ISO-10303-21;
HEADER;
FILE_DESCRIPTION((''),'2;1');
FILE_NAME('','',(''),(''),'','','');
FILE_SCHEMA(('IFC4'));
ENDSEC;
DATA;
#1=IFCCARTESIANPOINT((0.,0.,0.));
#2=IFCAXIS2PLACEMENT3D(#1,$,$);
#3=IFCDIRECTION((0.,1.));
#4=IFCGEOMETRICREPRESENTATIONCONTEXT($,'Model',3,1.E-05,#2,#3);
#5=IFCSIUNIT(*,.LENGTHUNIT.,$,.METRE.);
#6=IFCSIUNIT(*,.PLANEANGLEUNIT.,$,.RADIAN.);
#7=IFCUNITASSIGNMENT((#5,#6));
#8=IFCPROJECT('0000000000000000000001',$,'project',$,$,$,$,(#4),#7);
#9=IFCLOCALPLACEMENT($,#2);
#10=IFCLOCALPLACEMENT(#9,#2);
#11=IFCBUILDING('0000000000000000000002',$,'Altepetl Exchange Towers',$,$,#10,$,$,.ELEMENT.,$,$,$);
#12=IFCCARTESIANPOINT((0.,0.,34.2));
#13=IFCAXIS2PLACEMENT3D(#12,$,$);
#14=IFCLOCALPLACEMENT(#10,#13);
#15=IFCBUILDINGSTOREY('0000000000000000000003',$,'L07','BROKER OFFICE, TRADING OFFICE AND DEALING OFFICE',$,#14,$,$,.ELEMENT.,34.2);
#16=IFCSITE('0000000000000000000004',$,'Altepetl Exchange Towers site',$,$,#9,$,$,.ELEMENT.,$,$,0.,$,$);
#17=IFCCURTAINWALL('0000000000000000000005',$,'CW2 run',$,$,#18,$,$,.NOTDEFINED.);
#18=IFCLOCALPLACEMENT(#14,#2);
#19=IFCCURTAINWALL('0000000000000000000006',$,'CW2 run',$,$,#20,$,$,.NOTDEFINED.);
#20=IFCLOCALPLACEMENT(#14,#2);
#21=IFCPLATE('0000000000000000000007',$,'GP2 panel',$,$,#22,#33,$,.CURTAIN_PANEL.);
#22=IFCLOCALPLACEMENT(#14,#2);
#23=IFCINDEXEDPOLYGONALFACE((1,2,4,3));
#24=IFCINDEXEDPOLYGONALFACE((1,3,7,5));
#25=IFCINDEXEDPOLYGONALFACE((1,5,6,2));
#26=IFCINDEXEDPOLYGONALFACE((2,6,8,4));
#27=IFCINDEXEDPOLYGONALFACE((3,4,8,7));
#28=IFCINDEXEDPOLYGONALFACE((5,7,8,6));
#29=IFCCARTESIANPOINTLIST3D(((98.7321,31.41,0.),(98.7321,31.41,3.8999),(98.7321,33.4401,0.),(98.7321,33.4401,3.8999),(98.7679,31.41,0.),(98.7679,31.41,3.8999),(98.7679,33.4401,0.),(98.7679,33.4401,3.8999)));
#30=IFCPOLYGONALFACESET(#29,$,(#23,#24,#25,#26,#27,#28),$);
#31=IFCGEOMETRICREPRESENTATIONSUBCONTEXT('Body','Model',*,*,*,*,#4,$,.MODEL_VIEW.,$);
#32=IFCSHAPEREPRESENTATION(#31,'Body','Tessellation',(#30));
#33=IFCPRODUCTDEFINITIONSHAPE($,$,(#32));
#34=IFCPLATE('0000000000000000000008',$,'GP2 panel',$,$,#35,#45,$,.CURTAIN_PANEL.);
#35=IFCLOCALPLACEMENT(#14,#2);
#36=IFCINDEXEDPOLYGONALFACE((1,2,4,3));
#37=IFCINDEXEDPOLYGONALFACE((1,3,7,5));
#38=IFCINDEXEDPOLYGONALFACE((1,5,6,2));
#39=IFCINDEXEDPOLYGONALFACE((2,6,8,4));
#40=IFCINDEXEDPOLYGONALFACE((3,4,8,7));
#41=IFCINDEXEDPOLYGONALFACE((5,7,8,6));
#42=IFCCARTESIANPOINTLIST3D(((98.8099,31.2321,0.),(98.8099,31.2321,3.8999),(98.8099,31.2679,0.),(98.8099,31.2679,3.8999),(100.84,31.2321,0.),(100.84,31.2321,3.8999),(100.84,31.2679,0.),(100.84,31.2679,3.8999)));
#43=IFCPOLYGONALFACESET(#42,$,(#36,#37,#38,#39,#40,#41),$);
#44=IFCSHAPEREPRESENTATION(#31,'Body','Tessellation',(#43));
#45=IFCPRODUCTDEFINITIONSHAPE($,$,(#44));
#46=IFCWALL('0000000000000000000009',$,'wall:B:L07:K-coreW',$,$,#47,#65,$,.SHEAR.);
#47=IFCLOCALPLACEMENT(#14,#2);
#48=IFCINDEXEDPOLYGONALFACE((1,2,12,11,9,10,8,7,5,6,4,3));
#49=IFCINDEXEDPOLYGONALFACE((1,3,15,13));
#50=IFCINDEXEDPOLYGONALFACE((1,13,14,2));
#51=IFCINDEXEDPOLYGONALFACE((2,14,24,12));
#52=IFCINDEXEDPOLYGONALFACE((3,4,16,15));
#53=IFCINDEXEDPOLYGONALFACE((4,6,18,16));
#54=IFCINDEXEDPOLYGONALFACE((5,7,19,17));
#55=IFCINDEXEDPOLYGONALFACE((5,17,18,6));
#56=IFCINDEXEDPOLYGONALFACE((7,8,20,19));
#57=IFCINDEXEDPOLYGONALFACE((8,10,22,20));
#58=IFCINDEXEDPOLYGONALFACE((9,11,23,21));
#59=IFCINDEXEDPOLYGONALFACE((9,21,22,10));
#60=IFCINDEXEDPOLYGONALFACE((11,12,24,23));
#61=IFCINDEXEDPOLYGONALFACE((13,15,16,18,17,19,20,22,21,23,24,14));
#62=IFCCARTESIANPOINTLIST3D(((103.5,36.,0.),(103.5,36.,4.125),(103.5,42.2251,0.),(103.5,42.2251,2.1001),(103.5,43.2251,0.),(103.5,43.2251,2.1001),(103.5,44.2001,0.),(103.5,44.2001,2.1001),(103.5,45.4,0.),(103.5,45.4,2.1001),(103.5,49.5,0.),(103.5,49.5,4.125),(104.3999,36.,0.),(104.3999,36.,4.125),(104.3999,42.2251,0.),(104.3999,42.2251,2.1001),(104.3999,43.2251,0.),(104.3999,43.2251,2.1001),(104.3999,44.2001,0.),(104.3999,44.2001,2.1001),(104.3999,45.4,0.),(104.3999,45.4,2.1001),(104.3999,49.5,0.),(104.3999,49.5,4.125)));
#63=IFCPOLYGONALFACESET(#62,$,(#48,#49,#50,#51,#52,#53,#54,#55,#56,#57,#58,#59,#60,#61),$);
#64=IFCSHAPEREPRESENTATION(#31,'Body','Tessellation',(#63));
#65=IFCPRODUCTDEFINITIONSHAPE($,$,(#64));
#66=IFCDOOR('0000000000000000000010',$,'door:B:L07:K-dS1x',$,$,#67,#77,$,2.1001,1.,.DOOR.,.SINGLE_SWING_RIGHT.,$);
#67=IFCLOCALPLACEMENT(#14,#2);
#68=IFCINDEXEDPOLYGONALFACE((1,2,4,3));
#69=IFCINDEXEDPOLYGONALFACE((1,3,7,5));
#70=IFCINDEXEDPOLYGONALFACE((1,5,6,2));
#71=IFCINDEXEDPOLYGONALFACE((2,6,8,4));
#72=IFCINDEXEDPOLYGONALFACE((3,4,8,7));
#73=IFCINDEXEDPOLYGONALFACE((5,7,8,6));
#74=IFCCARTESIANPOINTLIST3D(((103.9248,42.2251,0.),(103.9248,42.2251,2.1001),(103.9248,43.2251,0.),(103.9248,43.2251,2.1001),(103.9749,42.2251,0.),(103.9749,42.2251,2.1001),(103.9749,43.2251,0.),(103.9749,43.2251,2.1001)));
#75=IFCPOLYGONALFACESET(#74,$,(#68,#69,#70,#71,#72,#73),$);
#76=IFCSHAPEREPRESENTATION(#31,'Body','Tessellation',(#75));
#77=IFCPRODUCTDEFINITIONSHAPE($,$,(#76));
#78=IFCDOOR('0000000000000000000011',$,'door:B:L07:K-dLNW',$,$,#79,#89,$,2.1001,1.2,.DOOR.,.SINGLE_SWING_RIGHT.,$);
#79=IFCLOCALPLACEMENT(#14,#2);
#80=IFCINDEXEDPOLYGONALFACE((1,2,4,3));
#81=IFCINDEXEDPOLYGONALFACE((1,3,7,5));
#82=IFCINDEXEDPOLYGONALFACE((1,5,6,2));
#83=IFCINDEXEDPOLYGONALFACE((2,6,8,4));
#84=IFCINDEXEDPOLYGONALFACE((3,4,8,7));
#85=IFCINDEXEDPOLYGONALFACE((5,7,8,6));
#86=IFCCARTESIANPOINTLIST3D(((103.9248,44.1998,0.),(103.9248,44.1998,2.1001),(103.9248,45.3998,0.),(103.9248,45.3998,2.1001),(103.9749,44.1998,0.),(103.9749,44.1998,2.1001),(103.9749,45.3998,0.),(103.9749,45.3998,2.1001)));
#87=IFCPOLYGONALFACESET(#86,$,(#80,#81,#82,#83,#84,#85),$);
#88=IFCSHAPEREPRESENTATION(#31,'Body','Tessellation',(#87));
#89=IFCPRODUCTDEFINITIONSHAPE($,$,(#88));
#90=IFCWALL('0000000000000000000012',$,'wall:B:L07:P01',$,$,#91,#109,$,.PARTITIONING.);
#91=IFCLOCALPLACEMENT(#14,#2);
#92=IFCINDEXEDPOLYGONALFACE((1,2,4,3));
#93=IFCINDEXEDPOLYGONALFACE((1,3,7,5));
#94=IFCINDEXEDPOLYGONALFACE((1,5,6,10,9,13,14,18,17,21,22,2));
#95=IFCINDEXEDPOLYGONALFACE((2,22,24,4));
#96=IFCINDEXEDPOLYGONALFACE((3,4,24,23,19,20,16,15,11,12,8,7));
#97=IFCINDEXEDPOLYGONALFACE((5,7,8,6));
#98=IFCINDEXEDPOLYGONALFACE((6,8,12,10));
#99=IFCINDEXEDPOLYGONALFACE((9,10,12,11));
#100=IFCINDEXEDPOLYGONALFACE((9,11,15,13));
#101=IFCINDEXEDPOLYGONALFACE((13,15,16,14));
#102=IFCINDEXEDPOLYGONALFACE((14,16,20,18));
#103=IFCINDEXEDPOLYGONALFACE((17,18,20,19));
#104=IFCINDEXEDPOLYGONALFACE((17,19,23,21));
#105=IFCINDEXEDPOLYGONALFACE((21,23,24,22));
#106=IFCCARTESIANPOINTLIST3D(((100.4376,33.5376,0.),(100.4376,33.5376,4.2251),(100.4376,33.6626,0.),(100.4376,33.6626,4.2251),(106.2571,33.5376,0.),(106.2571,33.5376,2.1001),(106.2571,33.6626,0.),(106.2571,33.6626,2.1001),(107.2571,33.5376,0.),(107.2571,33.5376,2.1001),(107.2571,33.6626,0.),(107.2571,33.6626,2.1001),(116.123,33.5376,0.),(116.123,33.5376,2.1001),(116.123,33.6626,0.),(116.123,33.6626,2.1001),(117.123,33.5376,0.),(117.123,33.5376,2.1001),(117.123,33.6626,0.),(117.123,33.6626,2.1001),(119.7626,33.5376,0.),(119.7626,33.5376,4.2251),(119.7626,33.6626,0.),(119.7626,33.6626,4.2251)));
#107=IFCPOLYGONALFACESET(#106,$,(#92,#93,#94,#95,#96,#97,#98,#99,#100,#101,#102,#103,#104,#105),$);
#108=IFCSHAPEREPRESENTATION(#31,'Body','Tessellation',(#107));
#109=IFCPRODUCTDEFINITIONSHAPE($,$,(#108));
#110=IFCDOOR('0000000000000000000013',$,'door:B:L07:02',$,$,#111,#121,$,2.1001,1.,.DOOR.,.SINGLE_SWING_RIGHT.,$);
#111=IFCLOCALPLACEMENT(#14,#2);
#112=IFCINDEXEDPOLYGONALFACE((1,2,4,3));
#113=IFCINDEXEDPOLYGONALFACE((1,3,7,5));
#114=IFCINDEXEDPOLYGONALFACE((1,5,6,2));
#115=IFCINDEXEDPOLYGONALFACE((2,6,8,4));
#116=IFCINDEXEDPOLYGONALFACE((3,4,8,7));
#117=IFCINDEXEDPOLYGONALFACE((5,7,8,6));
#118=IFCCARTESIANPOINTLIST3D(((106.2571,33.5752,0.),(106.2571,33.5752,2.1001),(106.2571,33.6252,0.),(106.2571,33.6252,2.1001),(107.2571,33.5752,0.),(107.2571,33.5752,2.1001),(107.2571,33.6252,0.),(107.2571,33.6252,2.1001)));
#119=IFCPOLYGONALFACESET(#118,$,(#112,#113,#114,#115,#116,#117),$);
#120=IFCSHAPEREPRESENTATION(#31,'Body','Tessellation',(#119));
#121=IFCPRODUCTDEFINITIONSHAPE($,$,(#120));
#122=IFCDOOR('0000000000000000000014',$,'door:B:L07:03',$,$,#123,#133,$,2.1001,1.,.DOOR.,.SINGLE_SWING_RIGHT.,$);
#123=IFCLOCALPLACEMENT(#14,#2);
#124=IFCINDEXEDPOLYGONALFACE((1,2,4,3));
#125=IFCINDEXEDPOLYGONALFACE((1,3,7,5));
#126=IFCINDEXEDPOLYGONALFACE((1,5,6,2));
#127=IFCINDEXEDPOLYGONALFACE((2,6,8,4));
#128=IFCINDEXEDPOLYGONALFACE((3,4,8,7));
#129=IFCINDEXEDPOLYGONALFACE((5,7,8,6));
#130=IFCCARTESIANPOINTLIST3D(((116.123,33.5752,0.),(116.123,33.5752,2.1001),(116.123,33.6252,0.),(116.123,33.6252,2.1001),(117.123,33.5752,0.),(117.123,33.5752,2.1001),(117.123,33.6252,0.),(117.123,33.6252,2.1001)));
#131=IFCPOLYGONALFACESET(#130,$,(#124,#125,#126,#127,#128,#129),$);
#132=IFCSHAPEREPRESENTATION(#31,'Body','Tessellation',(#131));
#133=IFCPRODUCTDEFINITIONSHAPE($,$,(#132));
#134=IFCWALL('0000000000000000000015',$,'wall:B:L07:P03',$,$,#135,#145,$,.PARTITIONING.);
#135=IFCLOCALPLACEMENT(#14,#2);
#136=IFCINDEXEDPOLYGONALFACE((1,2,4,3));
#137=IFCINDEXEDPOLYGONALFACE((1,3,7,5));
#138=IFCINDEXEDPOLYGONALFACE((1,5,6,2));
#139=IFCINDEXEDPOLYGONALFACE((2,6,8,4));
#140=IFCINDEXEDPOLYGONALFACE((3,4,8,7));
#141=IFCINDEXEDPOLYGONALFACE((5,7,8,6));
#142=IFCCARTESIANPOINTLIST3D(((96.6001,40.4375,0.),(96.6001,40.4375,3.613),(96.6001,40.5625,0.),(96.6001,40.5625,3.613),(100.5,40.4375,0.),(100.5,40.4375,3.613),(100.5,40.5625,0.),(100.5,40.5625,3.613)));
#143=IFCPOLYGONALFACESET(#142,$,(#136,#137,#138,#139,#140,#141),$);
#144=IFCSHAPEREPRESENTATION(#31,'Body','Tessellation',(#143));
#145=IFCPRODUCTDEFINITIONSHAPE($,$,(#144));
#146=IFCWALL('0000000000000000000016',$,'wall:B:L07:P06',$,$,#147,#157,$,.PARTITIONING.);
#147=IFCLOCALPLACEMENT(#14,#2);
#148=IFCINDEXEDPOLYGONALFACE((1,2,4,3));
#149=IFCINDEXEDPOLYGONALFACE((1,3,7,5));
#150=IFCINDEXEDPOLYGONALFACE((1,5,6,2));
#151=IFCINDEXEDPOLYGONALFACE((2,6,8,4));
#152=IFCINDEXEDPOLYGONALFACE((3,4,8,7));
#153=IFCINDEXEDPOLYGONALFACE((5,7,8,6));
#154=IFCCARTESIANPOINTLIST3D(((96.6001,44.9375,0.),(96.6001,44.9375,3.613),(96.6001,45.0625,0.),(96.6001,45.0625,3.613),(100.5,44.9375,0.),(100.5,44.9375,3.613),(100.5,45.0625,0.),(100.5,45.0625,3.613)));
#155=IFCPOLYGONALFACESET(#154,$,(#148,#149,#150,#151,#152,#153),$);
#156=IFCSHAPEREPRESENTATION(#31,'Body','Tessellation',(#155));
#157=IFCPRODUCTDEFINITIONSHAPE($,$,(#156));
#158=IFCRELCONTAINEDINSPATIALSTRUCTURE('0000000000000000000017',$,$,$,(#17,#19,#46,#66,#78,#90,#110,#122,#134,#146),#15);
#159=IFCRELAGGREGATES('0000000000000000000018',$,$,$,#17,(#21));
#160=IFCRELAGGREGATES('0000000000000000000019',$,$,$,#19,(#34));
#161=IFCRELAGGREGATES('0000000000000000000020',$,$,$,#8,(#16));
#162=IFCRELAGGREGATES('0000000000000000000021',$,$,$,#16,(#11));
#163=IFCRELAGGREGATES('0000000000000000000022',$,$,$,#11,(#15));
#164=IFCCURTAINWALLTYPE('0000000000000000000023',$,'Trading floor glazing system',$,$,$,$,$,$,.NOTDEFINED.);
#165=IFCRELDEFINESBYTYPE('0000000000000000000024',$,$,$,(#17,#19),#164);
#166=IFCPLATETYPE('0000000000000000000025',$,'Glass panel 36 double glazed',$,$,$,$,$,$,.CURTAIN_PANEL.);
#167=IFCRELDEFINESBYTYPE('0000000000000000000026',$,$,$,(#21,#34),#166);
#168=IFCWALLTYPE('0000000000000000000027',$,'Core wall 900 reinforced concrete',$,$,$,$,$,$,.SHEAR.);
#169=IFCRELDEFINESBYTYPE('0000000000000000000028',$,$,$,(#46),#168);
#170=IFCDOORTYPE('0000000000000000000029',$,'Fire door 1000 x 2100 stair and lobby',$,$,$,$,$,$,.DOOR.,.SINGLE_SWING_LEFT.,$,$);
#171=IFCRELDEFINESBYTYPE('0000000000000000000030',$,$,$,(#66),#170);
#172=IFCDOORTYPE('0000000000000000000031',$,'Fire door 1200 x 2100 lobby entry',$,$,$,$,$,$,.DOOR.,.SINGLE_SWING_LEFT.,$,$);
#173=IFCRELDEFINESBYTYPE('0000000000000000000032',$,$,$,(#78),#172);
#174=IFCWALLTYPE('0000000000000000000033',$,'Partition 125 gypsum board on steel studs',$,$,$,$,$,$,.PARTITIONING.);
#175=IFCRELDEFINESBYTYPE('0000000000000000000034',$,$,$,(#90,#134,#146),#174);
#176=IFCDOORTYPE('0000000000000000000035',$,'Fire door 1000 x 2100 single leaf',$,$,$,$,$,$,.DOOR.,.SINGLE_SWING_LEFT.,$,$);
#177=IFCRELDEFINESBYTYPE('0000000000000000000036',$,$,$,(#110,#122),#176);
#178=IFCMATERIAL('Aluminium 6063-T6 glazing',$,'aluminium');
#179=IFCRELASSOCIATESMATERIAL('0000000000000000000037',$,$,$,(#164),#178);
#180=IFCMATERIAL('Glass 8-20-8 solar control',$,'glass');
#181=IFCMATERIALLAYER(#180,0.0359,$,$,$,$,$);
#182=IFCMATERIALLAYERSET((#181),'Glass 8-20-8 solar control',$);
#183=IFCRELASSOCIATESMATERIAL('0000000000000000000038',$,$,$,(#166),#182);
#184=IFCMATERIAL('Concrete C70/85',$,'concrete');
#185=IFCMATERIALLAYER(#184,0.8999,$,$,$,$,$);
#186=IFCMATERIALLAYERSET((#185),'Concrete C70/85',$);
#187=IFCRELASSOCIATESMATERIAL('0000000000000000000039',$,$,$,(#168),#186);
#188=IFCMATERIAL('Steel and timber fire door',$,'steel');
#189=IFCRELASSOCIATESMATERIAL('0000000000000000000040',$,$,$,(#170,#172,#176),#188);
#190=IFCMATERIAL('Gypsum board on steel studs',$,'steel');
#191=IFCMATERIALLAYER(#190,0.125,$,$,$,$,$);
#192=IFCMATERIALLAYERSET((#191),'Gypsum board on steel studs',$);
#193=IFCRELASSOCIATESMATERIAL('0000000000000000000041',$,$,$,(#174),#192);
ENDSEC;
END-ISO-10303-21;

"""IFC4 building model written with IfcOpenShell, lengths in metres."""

from ifc_helpers import new_model, si_unit, direction, frame, frame_2d, origin, origin_2d, place, context, subcontext, project, spatial, rectangle, extrude, material, layer, layer_set, type_object, element, fill, aggregate, save


model = new_model("IFC4")

# Units and contexts
model_context = context("Model", 3, precision=1e-05, world=origin(), true_north=direction((0.0, 1.0)))
body_context = subcontext(model_context, "Body", "Model", "MODEL_VIEW")
ifc_project = project(units=[si_unit("LENGTHUNIT", "METRE"), si_unit("PLANEANGLEUNIT", "RADIAN")], contexts=[model_context])

# Site, building, storey
site_placement = place(None, origin())
site = spatial("IfcSite", under=ifc_project, at=site_placement, Name="Altepetl Exchange Towers site", CompositionType="ELEMENT", RefElevation=0.0)
building_placement = place(site_placement, origin())
building = spatial("IfcBuilding", under=site, at=building_placement, Name="Altepetl Exchange Towers", CompositionType="ELEMENT")
storey_placement = place(building_placement, frame((0.0, 0.0, 34.2)))
storey = spatial("IfcBuildingStorey", under=building, at=storey_placement, Name="L07", Description="BROKER OFFICE, TRADING OFFICE AND DEALING OFFICE", CompositionType="ELEMENT", Elevation=34.2)

# Shared definitions
ifc_material_1 = material(Name="Concrete C70/85", Category="concrete")

# Shared definitions
ifc_material_2 = material(Name="Aluminium 6063-T6 glazing", Category="aluminium")
curtain_wall_type = type_object("IfcCurtainWallType", Name="Trading floor glazing system", PredefinedType="NOTDEFINED", material=ifc_material_2)

# Curtain wall
curtain_wall_1_placement = place(storey_placement, origin())
curtain_wall_1 = element("IfcCurtainWall", 1, at=curtain_wall_1_placement, inside=storey, type_object=curtain_wall_type, Name="CW2 run", PredefinedType="NOTDEFINED")

# Curtain wall
curtain_wall_2_placement = place(storey_placement, origin())
curtain_wall_2 = element("IfcCurtainWall", 2, at=curtain_wall_2_placement, inside=storey, type_object=curtain_wall_type, Name="CW2 run", PredefinedType="NOTDEFINED")

# Plates
ifc_material_3 = material(Name="Glass 8-20-8 solar control", Category="glass")
ifc_layer_1 = layer(ifc_material_3, 0.0359)
ifc_layer_set_1 = layer_set([ifc_layer_1], Name="Glass 8-20-8 solar control")
plate_type = type_object("IfcPlateType", Name="Glass panel 36 double glazed", PredefinedType="CURTAIN_PANEL", material=ifc_layer_set_1)
plate_1_placement = place(storey_placement, frame((98.75, 32.425, 0.0), z_axis=(0.0, 0.0, 1.0), x_axis=(0.0, -1.0, 0.0)))
plate_1 = element("IfcPlate", 3, at=plate_1_placement, type_object=plate_type, Name="GP2 panel", PredefinedType="CURTAIN_PANEL", context=body_context, shape_type="SweptSolid", body=[
    extrude(rectangle(XDim=2.03, YDim=0.0359, at=origin_2d()), origin(), (0.0, 0.0, 1.0), 3.8999),
])
aggregate(curtain_wall_1, [plate_1])
plate_2_placement = place(storey_placement, frame((99.825, 31.25, 0.0)))
plate_2 = element("IfcPlate", 4, at=plate_2_placement, type_object=plate_type, Name="GP2 panel", PredefinedType="CURTAIN_PANEL", context=body_context, shape_type="SweptSolid", body=[
    extrude(rectangle(XDim=2.03, YDim=0.0359, at=origin_2d()), origin(), (0.0, 0.0, 1.0), 3.8999),
])
aggregate(curtain_wall_2, [plate_2])

# Walls, openings, doors
ifc_layer_2 = layer(ifc_material_1, 0.8999)
ifc_layer_set_2 = layer_set([ifc_layer_2], Name="Concrete C70/85")
wall_type_1 = type_object("IfcWallType", Name="Core wall 900 reinforced concrete", PredefinedType="SHEAR", material=ifc_layer_set_2)
wall_1_placement = place(storey_placement, frame((103.95, 36.0, 0.0), z_axis=(0.0, 0.0, 1.0), x_axis=(0.0, 1.0, 0.0)))
wall_1 = element("IfcWall", 5, at=wall_1_placement, inside=storey, type_object=wall_type_1, Name="wall:B:L07:K-coreW", PredefinedType="SHEAR", context=body_context, shape_type="SweptSolid", body=[
    extrude(rectangle(XDim=13.5, YDim=0.8999, at=frame_2d((6.75, 0.0))), origin(), (0.0, 0.0, 1.0), 4.125),
])
opening_1_placement = place(wall_1_placement, frame((8.2, 0.0, 0.0)))
opening_1 = element("IfcOpeningElement", 6, at=opening_1_placement, cuts=wall_1, PredefinedType="OPENING", context=body_context, shape_type="SweptSolid", body=[
    extrude(rectangle(XDim=1.2, YDim=2.1001, at=frame_2d((0.6001, 1.05))), frame((0.0, 0.46, 0.0), z_axis=(0.0, -1.0, 0.0), x_axis=(1.0, 0.0, 0.0)), (0.0, 0.0, 1.0), 0.9199),
])
opening_2_placement = place(wall_1_placement, frame((6.2251, 0.0, 0.0)))
opening_2 = element("IfcOpeningElement", 7, at=opening_2_placement, cuts=wall_1, PredefinedType="OPENING", context=body_context, shape_type="SweptSolid", body=[
    extrude(rectangle(XDim=1.0, YDim=2.1001, at=frame_2d((0.5, 1.05))), frame((0.0, 0.46, 0.0), z_axis=(0.0, -1.0, 0.0), x_axis=(1.0, 0.0, 0.0)), (0.0, 0.0, 1.0), 0.9199),
])
ifc_material_4 = material(Name="Steel and timber fire door", Category="steel")
door_type_1 = type_object("IfcDoorType", Name="Fire door 1000 x 2100 stair and lobby", OperationType="SINGLE_SWING_LEFT", PredefinedType="DOOR", material=ifc_material_4)
door_1_placement = place(opening_2_placement, frame((1.0, 0.0, 0.0), x_axis=(-1.0, 0.0, 0.0)))
door_1 = element("IfcDoor", 8, at=door_1_placement, inside=storey, type_object=door_type_1, Name="door:B:L07:K-dS1x", OperationType="SINGLE_SWING_RIGHT", OverallHeight=2.1001, OverallWidth=1.0, PredefinedType="DOOR", context=body_context, shape_type="SweptSolid", body=[
    extrude(rectangle(XDim=1.0, YDim=2.1001, at=frame_2d((0.5, 1.05))), frame((0.0, 0.0249, 0.0), z_axis=(0.0, -1.0, 0.0), x_axis=(1.0, 0.0, 0.0)), (0.0, 0.0, 1.0), 0.05),
])
fill(opening_2, door_1)
door_type_2 = type_object("IfcDoorType", Name="Fire door 1200 x 2100 lobby entry", OperationType="SINGLE_SWING_LEFT", PredefinedType="DOOR", material=ifc_material_4)
door_2_placement = place(opening_1_placement, frame((1.2, 0.0, 0.0), x_axis=(-1.0, 0.0, 0.0)))
door_2 = element("IfcDoor", 9, at=door_2_placement, inside=storey, type_object=door_type_2, Name="door:B:L07:K-dLNW", OperationType="SINGLE_SWING_RIGHT", OverallHeight=2.1001, OverallWidth=1.2, PredefinedType="DOOR", context=body_context, shape_type="SweptSolid", body=[
    extrude(rectangle(XDim=1.2, YDim=2.1001, at=frame_2d((0.6001, 1.05))), frame((0.0, 0.0249, 0.0), z_axis=(0.0, -1.0, 0.0), x_axis=(1.0, 0.0, 0.0)), (0.0, 0.0, 1.0), 0.05),
])
fill(opening_1, door_2)
ifc_material_5 = material(Name="Gypsum board on steel studs", Category="steel")
ifc_layer_3 = layer(ifc_material_5, 0.125)
ifc_layer_set_3 = layer_set([ifc_layer_3], Name="Gypsum board on steel studs")
wall_type_2 = type_object("IfcWallType", Name="Partition 125 gypsum board on steel studs", PredefinedType="PARTITIONING", material=ifc_layer_set_3)
wall_2_placement = place(storey_placement, frame((100.4375, 33.6001, 0.0)))
wall_2 = element("IfcWall", 10, at=wall_2_placement, inside=storey, type_object=wall_type_2, Name="wall:B:L07:P01", PredefinedType="PARTITIONING", context=body_context, shape_type="SweptSolid", body=[
    extrude(rectangle(XDim=19.325, YDim=0.125, at=frame_2d((9.6626, 0.0))), origin(), (0.0, 0.0, 1.0), 4.2251),
])
opening_3_placement = place(wall_2_placement, frame((5.8196, 0.0, 0.0)))
opening_3 = element("IfcOpeningElement", 11, at=opening_3_placement, cuts=wall_2, PredefinedType="OPENING", context=body_context, shape_type="SweptSolid", body=[
    extrude(rectangle(XDim=1.0, YDim=2.1001, at=frame_2d((0.5, 1.05))), frame((0.0, 0.0725, 0.0), z_axis=(0.0, -1.0, 0.0), x_axis=(1.0, 0.0, 0.0)), (0.0, 0.0, 1.0), 0.145),
])
opening_4_placement = place(wall_2_placement, frame((15.6855, 0.0, 0.0)))
opening_4 = element("IfcOpeningElement", 12, at=opening_4_placement, cuts=wall_2, PredefinedType="OPENING", context=body_context, shape_type="SweptSolid", body=[
    extrude(rectangle(XDim=1.0, YDim=2.1001, at=frame_2d((0.5, 1.05))), frame((0.0, 0.0725, 0.0), z_axis=(0.0, -1.0, 0.0), x_axis=(1.0, 0.0, 0.0)), (0.0, 0.0, 1.0), 0.145),
])
door_type_3 = type_object("IfcDoorType", Name="Fire door 1000 x 2100 single leaf", OperationType="SINGLE_SWING_LEFT", PredefinedType="DOOR", material=ifc_material_4)
door_3_placement = place(opening_3_placement, frame((1.0, 0.0, 0.0), x_axis=(-1.0, 0.0, 0.0)))
door_3 = element("IfcDoor", 13, at=door_3_placement, inside=storey, type_object=door_type_3, Name="door:B:L07:02", OperationType="SINGLE_SWING_RIGHT", OverallHeight=2.1001, OverallWidth=1.0, PredefinedType="DOOR", context=body_context, shape_type="SweptSolid", body=[
    extrude(rectangle(XDim=1.0, YDim=2.1001, at=frame_2d((0.5, 1.05))), frame((0.0, 0.0249, 0.0), z_axis=(0.0, -1.0, 0.0), x_axis=(1.0, 0.0, 0.0)), (0.0, 0.0, 1.0), 0.05),
])
fill(opening_3, door_3)
door_4_placement = place(opening_4_placement, frame((1.0, 0.0, 0.0), x_axis=(-1.0, 0.0, 0.0)))
door_4 = element("IfcDoor", 14, at=door_4_placement, inside=storey, type_object=door_type_3, Name="door:B:L07:03", OperationType="SINGLE_SWING_RIGHT", OverallHeight=2.1001, OverallWidth=1.0, PredefinedType="DOOR", context=body_context, shape_type="SweptSolid", body=[
    extrude(rectangle(XDim=1.0, YDim=2.1001, at=frame_2d((0.5, 1.05))), frame((0.0, 0.0249, 0.0), z_axis=(0.0, -1.0, 0.0), x_axis=(1.0, 0.0, 0.0)), (0.0, 0.0, 1.0), 0.05),
])
fill(opening_4, door_4)

# Walls
for number, where, name in (
    (15, (96.6001, 40.5, 0.0), "wall:B:L07:P03"),
    (16, (96.6001, 45.0, 0.0), "wall:B:L07:P06"),
):
    element("IfcWall", number, at=place(storey_placement, frame(where)), inside=storey, type_object=wall_type_2, Name=name, PredefinedType="PARTITIONING", context=body_context, shape_type="SweptSolid", body=[
        extrude(rectangle(XDim=3.8999, YDim=0.125, at=frame_2d((1.95, 0.0))), origin(), (0.0, 0.0, 1.0), 3.613),
    ])

save(model, "model.ifc")
